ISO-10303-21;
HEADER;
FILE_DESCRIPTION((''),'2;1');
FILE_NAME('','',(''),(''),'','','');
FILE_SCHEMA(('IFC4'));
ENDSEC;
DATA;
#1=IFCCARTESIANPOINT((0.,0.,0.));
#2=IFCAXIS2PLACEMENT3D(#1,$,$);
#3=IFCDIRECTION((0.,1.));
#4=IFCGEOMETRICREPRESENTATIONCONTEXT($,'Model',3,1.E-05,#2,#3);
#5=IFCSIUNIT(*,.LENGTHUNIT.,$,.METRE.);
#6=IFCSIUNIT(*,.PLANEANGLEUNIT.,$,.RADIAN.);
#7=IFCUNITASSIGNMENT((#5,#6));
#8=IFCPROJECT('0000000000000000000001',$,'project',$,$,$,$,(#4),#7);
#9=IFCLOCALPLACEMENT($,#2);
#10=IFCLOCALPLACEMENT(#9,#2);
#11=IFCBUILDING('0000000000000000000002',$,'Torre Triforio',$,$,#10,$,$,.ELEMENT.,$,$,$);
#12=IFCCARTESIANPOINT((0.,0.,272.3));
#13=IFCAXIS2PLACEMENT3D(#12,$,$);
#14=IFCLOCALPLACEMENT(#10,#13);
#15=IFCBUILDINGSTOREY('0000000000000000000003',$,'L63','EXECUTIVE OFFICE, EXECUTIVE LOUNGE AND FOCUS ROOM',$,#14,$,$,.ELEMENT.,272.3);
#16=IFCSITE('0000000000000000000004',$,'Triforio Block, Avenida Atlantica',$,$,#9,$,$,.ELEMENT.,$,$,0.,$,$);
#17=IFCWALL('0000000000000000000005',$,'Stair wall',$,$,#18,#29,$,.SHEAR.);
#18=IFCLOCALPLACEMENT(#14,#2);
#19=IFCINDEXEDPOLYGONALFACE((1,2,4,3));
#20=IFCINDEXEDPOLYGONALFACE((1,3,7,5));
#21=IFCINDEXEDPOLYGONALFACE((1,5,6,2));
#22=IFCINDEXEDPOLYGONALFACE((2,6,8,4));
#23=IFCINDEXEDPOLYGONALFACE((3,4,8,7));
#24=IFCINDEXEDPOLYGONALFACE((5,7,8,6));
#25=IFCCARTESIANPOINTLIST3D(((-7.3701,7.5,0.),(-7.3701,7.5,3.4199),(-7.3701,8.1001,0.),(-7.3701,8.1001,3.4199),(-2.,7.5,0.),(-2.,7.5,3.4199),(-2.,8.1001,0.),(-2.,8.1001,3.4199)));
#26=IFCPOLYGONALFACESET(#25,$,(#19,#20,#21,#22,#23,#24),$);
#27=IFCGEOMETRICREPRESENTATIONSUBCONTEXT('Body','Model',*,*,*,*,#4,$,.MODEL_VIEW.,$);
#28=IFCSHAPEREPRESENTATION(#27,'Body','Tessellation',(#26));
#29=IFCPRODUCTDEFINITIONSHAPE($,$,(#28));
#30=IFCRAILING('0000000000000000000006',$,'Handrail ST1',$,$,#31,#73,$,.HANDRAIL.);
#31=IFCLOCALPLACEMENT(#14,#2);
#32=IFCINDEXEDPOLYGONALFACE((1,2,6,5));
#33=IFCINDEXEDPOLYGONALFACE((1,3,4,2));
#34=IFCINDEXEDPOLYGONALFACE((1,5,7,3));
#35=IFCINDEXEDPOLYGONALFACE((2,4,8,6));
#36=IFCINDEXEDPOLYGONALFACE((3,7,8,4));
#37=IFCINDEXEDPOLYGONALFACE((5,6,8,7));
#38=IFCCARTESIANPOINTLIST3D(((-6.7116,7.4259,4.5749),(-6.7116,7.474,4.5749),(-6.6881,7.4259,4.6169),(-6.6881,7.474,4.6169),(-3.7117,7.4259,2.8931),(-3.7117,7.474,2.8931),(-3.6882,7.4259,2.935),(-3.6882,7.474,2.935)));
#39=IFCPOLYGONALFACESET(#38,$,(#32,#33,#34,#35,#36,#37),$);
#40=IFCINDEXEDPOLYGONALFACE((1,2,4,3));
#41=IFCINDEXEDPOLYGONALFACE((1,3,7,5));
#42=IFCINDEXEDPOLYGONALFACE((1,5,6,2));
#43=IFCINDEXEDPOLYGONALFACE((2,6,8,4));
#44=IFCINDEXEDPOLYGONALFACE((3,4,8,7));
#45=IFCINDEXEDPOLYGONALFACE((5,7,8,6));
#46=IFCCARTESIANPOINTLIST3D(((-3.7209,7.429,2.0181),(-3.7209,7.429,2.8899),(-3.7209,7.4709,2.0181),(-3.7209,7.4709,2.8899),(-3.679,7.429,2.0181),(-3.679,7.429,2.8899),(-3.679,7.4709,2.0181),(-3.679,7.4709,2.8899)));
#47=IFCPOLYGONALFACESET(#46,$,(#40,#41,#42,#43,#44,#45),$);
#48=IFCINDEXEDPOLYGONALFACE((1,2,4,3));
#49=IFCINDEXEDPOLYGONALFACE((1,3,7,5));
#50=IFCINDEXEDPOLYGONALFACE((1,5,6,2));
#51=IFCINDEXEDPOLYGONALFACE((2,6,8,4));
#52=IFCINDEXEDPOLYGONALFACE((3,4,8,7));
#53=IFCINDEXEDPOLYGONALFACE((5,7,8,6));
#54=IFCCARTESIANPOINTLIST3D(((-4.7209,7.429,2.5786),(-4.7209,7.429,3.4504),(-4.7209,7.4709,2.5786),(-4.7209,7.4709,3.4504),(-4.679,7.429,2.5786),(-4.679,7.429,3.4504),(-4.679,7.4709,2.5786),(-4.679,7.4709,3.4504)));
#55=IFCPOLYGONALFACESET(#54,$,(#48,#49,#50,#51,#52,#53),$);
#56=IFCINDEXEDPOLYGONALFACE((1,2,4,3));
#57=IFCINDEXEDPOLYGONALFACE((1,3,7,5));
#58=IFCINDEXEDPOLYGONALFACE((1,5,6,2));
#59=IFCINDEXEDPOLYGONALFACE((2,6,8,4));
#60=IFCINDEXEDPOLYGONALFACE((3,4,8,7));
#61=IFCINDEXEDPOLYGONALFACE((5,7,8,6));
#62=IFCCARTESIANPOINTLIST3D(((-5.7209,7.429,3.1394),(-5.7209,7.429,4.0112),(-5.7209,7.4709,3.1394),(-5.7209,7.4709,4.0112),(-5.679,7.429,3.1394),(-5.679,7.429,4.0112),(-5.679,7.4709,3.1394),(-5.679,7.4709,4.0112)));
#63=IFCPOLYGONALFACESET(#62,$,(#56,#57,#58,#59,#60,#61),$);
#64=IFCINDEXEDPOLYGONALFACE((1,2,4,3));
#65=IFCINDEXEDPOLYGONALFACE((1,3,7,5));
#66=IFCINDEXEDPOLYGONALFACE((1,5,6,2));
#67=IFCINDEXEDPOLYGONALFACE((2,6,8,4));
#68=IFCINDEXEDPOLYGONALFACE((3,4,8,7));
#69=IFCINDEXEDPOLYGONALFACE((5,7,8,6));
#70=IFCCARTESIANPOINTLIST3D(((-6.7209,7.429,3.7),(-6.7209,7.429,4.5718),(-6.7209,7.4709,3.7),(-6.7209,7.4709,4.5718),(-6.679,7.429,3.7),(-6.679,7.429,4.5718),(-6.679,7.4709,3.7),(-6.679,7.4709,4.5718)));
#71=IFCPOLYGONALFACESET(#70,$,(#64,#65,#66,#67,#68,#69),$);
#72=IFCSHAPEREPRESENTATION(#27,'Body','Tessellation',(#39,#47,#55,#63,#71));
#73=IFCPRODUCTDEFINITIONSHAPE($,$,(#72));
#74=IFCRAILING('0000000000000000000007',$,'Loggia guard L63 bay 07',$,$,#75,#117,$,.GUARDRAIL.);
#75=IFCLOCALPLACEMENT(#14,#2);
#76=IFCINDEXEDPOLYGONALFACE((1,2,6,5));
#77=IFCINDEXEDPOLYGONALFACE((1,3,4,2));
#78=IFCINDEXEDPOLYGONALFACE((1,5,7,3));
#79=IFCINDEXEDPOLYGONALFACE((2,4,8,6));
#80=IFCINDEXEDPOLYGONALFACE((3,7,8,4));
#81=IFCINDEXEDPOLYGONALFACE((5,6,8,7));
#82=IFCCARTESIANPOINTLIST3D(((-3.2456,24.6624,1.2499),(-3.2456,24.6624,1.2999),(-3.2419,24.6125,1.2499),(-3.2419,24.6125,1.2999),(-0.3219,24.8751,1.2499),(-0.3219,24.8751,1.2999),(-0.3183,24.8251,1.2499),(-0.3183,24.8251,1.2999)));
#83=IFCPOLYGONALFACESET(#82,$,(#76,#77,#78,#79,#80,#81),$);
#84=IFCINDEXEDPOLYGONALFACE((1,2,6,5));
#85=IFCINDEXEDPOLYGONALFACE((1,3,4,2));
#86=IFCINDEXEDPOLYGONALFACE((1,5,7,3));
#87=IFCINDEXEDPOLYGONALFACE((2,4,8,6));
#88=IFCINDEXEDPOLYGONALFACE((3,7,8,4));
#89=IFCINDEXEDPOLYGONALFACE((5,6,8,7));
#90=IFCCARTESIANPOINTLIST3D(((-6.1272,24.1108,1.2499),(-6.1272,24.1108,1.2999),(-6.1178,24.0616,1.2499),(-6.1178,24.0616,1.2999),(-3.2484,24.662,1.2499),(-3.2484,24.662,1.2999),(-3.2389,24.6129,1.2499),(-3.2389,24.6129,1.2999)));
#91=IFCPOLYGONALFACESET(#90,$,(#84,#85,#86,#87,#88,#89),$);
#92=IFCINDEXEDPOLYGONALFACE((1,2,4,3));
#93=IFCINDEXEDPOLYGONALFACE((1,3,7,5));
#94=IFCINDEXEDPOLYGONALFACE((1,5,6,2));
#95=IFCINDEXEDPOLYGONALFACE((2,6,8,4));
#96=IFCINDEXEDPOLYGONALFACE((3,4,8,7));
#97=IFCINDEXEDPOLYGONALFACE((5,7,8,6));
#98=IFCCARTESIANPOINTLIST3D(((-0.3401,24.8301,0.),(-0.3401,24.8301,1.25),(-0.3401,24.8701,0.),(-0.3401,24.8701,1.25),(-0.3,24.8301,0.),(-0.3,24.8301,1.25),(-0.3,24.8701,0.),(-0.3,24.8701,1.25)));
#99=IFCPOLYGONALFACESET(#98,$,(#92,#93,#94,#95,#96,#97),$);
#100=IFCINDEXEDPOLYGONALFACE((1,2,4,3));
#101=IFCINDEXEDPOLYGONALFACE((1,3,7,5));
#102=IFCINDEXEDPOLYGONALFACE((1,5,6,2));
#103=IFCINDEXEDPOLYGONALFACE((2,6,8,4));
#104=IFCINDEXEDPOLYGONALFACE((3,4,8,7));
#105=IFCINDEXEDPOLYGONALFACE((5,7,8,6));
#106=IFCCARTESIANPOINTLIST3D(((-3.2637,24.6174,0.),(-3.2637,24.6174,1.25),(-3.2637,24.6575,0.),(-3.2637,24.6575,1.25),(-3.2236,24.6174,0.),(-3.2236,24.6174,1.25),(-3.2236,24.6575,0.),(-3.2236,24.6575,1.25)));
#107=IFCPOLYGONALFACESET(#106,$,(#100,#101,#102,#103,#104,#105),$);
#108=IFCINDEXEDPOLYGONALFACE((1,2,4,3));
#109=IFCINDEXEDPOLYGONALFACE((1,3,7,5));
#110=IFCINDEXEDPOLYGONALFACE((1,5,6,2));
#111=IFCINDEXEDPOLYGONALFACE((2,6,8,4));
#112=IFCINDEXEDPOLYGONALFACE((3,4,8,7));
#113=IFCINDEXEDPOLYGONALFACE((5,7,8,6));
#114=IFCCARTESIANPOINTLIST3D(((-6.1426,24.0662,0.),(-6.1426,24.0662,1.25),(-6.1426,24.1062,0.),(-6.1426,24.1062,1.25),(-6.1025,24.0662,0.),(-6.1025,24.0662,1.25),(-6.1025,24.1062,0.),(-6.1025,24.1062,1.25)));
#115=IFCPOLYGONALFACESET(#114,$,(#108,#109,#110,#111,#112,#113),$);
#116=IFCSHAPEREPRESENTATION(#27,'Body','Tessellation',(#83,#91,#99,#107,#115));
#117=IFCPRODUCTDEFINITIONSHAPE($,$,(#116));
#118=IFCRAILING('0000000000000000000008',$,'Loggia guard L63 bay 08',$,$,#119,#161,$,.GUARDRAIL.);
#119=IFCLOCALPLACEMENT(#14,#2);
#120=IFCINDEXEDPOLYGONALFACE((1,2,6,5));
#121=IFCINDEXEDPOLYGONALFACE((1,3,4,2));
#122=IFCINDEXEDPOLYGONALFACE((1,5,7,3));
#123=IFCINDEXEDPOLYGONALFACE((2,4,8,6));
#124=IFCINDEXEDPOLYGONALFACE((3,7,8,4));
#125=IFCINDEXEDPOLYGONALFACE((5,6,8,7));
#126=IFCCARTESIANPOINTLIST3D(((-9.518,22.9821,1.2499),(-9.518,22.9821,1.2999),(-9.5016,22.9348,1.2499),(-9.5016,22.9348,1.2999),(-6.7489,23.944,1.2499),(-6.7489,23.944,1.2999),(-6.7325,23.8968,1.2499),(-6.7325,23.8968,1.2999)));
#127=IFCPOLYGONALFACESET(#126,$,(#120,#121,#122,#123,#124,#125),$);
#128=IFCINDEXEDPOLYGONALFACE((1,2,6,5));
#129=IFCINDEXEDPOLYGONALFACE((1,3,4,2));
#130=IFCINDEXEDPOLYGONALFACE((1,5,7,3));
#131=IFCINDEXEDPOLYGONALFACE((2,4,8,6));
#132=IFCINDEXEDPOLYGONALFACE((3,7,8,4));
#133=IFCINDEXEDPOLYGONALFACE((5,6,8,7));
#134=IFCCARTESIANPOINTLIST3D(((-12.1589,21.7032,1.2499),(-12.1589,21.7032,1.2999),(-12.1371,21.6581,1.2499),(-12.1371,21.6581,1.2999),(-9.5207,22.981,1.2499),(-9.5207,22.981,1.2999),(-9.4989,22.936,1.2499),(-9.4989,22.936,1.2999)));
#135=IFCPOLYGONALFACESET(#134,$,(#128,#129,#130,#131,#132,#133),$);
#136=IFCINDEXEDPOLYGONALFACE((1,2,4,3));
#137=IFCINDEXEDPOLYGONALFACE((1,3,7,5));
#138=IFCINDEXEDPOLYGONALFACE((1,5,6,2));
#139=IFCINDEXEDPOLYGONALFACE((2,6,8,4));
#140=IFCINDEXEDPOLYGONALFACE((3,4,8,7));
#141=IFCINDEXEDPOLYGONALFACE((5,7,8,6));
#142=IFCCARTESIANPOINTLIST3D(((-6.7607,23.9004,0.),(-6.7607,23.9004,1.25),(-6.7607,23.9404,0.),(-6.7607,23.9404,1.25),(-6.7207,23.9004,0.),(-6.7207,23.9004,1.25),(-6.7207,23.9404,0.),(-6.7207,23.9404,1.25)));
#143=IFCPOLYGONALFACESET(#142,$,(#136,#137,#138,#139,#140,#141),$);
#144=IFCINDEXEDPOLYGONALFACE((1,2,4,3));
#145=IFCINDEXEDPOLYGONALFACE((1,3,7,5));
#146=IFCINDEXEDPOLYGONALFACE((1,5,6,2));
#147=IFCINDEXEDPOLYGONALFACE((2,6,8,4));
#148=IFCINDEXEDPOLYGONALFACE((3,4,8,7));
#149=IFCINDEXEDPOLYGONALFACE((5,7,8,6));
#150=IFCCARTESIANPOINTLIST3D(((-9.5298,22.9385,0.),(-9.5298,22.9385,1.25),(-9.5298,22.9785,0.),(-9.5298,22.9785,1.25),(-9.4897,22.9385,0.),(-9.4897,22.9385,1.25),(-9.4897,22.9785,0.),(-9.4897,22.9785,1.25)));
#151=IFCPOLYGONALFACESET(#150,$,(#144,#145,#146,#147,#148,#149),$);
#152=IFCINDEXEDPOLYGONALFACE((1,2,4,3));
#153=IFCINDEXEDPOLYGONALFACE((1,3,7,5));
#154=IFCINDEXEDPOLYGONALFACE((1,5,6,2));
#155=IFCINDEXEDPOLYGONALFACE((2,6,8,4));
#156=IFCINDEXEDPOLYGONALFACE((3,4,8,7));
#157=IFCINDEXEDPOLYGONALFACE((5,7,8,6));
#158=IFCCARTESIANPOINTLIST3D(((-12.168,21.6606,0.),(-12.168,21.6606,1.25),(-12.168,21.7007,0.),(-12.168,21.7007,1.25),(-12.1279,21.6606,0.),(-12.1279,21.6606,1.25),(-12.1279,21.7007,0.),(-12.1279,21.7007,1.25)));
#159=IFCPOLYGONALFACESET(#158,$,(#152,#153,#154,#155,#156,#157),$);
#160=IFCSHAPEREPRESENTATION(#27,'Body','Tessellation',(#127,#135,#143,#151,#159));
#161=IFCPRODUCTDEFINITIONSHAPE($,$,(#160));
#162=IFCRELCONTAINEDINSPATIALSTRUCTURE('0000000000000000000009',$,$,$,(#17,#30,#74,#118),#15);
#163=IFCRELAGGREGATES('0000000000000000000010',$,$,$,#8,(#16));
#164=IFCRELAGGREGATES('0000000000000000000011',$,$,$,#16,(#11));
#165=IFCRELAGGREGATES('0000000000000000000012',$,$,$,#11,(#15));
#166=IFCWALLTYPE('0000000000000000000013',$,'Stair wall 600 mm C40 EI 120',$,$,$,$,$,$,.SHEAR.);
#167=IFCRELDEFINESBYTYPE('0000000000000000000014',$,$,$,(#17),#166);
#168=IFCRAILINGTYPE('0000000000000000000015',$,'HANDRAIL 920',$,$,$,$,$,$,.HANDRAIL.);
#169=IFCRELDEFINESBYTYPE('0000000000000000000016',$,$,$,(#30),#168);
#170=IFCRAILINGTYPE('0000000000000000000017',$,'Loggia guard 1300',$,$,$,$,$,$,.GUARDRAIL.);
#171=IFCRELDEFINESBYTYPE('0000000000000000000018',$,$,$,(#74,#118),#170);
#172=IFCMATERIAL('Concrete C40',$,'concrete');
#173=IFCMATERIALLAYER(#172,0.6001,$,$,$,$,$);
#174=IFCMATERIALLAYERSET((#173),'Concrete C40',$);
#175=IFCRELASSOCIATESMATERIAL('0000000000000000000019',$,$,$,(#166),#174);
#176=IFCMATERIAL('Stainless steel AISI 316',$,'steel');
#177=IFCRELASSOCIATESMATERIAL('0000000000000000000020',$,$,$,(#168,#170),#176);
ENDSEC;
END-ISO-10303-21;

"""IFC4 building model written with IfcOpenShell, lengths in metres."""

from ifc_helpers import new_model, si_unit, direction, frame, frame_2d, origin, origin_2d, place, context, subcontext, project, spatial, rectangle, extrude, material, layer, layer_set, type_object, element, save


model = new_model("IFC4")

# Units and contexts
model_context = context("Model", 3, precision=1e-05, world=origin(), true_north=direction((0.0, 1.0)))
body_context = subcontext(model_context, "Body", "Model", "MODEL_VIEW")
ifc_project = project(units=[si_unit("LENGTHUNIT", "METRE"), si_unit("PLANEANGLEUNIT", "RADIAN")], contexts=[model_context])

# Site, building, storey
site_placement = place(None, origin())
site = spatial("IfcSite", under=ifc_project, at=site_placement, Name="Triforio Block, Avenida Atlantica", CompositionType="ELEMENT", RefElevation=0.0)
building_placement = place(site_placement, origin())
building = spatial("IfcBuilding", under=site, at=building_placement, Name="Torre Triforio", CompositionType="ELEMENT")
storey_placement = place(building_placement, frame((0.0, 0.0, 272.3)))
storey = spatial("IfcBuildingStorey", under=building, at=storey_placement, Name="L63", Description="EXECUTIVE OFFICE, EXECUTIVE LOUNGE AND FOCUS ROOM", CompositionType="ELEMENT", Elevation=272.3)

# Shared definitions
ifc_material_1 = material(Name="Concrete C40", Category="concrete")

# Wall
ifc_layer_1 = layer(ifc_material_1, 0.6001)
ifc_layer_set_1 = layer_set([ifc_layer_1], Name="Concrete C40")
wall_type_1 = type_object("IfcWallType", Name="Stair wall 600 mm C40 EI 120", PredefinedType="SHEAR", material=ifc_layer_set_1)
wall_1_placement = place(storey_placement, frame((-7.3701, 7.8, 0.0), z_axis=(0.0, 0.0, 1.0), x_axis=(1.0, 0.0, 0.0)))
element("IfcWall", 1, at=wall_1_placement, inside=storey, type_object=wall_type_1, Name="Stair wall", PredefinedType="SHEAR", context=body_context, shape_type="SweptSolid", body=[
    extrude(rectangle(XDim=5.3701, YDim=0.6001, at=frame_2d((2.6851, 0.0))), origin(), (0.0, 0.0, 1.0), 3.4199),
])

# Railings
ifc_material_2 = material(Name="Stainless steel AISI 316", Category="steel")
railing_type_1 = type_object("IfcRailingType", Name="HANDRAIL 920", PredefinedType="HANDRAIL", material=ifc_material_2)
railing_1_placement = place(storey_placement, frame((-3.7, 7.45, 2.0181)))
element("IfcRailing", 2, at=railing_1_placement, inside=storey, type_object=railing_type_1, Name="Handrail ST1", PredefinedType="HANDRAIL", context=body_context, shape_type="SweptSolid", body=[
    extrude(rectangle(XDim=0.0481, YDim=0.0481, at=origin_2d()), frame((0.0, 0.0, 0.896), z_axis=(-0.872272, 0.0, 0.48902), x_axis=(0.0, -1.0, 0.0)), (0.0, 0.0, 1.0), 3.4392),
    extrude(rectangle(XDim=0.042, YDim=0.042, at=origin_2d()), origin(), (0.0, 0.0, 1.0), 0.8718),
    extrude(rectangle(XDim=0.042, YDim=0.042, at=origin_2d()), frame((-1.0, 0.0, 0.5605)), (0.0, 0.0, 1.0), 0.8718),
    extrude(rectangle(XDim=0.042, YDim=0.042, at=origin_2d()), frame((-2.0, 0.0, 1.1213)), (0.0, 0.0, 1.0), 0.8718),
    extrude(rectangle(XDim=0.042, YDim=0.042, at=origin_2d()), frame((-3.0, 0.0, 1.6819)), (0.0, 0.0, 1.0), 0.8718),
])
railing_type_2 = type_object("IfcRailingType", Name="Loggia guard 1300", PredefinedType="GUARDRAIL", material=ifc_material_2)
railing_2_placement = place(storey_placement, frame((-0.3201, 24.8501, 0.0)))
element("IfcRailing", 3, at=railing_2_placement, inside=storey, type_object=railing_type_2, Name="Loggia guard L63 bay 07", PredefinedType="GUARDRAIL", context=body_context, shape_type="SweptSolid", body=[
    extrude(rectangle(XDim=0.05, YDim=0.05, at=origin_2d()), frame((0.0, 0.0, 1.2749), z_axis=(-0.997365, -0.072543, 0.0), x_axis=(0.072543, -0.997365, 0.0)), (0.0, 0.0, 1.0), 2.9314),
    extrude(rectangle(XDim=0.05, YDim=0.05, at=origin_2d()), frame((-2.9236, -0.2126, 1.2749), z_axis=(-0.982156, -0.188069, 0.0), x_axis=(0.188069, -0.982156, 0.0)), (0.0, 0.0, 1.0), 2.9312),
    extrude(rectangle(XDim=0.04, YDim=0.04, at=origin_2d()), origin(), (0.0, 0.0, 1.0), 1.25),
    extrude(rectangle(XDim=0.04, YDim=0.04, at=origin_2d()), frame((-2.9236, -0.2126, 0.0)), (0.0, 0.0, 1.0), 1.25),
    extrude(rectangle(XDim=0.04, YDim=0.04, at=origin_2d()), frame((-5.8025, -0.7639, 0.0)), (0.0, 0.0, 1.0), 1.25),
])
railing_3_placement = place(storey_placement, frame((-6.7407, 23.9204, 0.0)))
element("IfcRailing", 4, at=railing_3_placement, inside=storey, type_object=railing_type_2, Name="Loggia guard L63 bay 08", PredefinedType="GUARDRAIL", context=body_context, shape_type="SweptSolid", body=[
    extrude(rectangle(XDim=0.05, YDim=0.05, at=origin_2d()), frame((0.0, 0.0, 1.2749), z_axis=(-0.944627, -0.328146, 0.0), x_axis=(0.328146, -0.944627, 0.0)), (0.0, 0.0, 1.0), 2.9314),
    extrude(rectangle(XDim=0.05, YDim=0.05, at=origin_2d()), frame((-2.769, -0.9619, 1.2749), z_axis=(-0.899986, -0.435918, 0.0), x_axis=(0.435918, -0.899986, 0.0)), (0.0, 0.0, 1.0), 2.9314),
    extrude(rectangle(XDim=0.04, YDim=0.04, at=origin_2d()), origin(), (0.0, 0.0, 1.0), 1.25),
    extrude(rectangle(XDim=0.04, YDim=0.04, at=origin_2d()), frame((-2.769, -0.9619, 0.0)), (0.0, 0.0, 1.0), 1.25),
    extrude(rectangle(XDim=0.04, YDim=0.04, at=origin_2d()), frame((-5.4072, -2.2397, 0.0)), (0.0, 0.0, 1.0), 1.25),
])

save(model, "model.ifc")
